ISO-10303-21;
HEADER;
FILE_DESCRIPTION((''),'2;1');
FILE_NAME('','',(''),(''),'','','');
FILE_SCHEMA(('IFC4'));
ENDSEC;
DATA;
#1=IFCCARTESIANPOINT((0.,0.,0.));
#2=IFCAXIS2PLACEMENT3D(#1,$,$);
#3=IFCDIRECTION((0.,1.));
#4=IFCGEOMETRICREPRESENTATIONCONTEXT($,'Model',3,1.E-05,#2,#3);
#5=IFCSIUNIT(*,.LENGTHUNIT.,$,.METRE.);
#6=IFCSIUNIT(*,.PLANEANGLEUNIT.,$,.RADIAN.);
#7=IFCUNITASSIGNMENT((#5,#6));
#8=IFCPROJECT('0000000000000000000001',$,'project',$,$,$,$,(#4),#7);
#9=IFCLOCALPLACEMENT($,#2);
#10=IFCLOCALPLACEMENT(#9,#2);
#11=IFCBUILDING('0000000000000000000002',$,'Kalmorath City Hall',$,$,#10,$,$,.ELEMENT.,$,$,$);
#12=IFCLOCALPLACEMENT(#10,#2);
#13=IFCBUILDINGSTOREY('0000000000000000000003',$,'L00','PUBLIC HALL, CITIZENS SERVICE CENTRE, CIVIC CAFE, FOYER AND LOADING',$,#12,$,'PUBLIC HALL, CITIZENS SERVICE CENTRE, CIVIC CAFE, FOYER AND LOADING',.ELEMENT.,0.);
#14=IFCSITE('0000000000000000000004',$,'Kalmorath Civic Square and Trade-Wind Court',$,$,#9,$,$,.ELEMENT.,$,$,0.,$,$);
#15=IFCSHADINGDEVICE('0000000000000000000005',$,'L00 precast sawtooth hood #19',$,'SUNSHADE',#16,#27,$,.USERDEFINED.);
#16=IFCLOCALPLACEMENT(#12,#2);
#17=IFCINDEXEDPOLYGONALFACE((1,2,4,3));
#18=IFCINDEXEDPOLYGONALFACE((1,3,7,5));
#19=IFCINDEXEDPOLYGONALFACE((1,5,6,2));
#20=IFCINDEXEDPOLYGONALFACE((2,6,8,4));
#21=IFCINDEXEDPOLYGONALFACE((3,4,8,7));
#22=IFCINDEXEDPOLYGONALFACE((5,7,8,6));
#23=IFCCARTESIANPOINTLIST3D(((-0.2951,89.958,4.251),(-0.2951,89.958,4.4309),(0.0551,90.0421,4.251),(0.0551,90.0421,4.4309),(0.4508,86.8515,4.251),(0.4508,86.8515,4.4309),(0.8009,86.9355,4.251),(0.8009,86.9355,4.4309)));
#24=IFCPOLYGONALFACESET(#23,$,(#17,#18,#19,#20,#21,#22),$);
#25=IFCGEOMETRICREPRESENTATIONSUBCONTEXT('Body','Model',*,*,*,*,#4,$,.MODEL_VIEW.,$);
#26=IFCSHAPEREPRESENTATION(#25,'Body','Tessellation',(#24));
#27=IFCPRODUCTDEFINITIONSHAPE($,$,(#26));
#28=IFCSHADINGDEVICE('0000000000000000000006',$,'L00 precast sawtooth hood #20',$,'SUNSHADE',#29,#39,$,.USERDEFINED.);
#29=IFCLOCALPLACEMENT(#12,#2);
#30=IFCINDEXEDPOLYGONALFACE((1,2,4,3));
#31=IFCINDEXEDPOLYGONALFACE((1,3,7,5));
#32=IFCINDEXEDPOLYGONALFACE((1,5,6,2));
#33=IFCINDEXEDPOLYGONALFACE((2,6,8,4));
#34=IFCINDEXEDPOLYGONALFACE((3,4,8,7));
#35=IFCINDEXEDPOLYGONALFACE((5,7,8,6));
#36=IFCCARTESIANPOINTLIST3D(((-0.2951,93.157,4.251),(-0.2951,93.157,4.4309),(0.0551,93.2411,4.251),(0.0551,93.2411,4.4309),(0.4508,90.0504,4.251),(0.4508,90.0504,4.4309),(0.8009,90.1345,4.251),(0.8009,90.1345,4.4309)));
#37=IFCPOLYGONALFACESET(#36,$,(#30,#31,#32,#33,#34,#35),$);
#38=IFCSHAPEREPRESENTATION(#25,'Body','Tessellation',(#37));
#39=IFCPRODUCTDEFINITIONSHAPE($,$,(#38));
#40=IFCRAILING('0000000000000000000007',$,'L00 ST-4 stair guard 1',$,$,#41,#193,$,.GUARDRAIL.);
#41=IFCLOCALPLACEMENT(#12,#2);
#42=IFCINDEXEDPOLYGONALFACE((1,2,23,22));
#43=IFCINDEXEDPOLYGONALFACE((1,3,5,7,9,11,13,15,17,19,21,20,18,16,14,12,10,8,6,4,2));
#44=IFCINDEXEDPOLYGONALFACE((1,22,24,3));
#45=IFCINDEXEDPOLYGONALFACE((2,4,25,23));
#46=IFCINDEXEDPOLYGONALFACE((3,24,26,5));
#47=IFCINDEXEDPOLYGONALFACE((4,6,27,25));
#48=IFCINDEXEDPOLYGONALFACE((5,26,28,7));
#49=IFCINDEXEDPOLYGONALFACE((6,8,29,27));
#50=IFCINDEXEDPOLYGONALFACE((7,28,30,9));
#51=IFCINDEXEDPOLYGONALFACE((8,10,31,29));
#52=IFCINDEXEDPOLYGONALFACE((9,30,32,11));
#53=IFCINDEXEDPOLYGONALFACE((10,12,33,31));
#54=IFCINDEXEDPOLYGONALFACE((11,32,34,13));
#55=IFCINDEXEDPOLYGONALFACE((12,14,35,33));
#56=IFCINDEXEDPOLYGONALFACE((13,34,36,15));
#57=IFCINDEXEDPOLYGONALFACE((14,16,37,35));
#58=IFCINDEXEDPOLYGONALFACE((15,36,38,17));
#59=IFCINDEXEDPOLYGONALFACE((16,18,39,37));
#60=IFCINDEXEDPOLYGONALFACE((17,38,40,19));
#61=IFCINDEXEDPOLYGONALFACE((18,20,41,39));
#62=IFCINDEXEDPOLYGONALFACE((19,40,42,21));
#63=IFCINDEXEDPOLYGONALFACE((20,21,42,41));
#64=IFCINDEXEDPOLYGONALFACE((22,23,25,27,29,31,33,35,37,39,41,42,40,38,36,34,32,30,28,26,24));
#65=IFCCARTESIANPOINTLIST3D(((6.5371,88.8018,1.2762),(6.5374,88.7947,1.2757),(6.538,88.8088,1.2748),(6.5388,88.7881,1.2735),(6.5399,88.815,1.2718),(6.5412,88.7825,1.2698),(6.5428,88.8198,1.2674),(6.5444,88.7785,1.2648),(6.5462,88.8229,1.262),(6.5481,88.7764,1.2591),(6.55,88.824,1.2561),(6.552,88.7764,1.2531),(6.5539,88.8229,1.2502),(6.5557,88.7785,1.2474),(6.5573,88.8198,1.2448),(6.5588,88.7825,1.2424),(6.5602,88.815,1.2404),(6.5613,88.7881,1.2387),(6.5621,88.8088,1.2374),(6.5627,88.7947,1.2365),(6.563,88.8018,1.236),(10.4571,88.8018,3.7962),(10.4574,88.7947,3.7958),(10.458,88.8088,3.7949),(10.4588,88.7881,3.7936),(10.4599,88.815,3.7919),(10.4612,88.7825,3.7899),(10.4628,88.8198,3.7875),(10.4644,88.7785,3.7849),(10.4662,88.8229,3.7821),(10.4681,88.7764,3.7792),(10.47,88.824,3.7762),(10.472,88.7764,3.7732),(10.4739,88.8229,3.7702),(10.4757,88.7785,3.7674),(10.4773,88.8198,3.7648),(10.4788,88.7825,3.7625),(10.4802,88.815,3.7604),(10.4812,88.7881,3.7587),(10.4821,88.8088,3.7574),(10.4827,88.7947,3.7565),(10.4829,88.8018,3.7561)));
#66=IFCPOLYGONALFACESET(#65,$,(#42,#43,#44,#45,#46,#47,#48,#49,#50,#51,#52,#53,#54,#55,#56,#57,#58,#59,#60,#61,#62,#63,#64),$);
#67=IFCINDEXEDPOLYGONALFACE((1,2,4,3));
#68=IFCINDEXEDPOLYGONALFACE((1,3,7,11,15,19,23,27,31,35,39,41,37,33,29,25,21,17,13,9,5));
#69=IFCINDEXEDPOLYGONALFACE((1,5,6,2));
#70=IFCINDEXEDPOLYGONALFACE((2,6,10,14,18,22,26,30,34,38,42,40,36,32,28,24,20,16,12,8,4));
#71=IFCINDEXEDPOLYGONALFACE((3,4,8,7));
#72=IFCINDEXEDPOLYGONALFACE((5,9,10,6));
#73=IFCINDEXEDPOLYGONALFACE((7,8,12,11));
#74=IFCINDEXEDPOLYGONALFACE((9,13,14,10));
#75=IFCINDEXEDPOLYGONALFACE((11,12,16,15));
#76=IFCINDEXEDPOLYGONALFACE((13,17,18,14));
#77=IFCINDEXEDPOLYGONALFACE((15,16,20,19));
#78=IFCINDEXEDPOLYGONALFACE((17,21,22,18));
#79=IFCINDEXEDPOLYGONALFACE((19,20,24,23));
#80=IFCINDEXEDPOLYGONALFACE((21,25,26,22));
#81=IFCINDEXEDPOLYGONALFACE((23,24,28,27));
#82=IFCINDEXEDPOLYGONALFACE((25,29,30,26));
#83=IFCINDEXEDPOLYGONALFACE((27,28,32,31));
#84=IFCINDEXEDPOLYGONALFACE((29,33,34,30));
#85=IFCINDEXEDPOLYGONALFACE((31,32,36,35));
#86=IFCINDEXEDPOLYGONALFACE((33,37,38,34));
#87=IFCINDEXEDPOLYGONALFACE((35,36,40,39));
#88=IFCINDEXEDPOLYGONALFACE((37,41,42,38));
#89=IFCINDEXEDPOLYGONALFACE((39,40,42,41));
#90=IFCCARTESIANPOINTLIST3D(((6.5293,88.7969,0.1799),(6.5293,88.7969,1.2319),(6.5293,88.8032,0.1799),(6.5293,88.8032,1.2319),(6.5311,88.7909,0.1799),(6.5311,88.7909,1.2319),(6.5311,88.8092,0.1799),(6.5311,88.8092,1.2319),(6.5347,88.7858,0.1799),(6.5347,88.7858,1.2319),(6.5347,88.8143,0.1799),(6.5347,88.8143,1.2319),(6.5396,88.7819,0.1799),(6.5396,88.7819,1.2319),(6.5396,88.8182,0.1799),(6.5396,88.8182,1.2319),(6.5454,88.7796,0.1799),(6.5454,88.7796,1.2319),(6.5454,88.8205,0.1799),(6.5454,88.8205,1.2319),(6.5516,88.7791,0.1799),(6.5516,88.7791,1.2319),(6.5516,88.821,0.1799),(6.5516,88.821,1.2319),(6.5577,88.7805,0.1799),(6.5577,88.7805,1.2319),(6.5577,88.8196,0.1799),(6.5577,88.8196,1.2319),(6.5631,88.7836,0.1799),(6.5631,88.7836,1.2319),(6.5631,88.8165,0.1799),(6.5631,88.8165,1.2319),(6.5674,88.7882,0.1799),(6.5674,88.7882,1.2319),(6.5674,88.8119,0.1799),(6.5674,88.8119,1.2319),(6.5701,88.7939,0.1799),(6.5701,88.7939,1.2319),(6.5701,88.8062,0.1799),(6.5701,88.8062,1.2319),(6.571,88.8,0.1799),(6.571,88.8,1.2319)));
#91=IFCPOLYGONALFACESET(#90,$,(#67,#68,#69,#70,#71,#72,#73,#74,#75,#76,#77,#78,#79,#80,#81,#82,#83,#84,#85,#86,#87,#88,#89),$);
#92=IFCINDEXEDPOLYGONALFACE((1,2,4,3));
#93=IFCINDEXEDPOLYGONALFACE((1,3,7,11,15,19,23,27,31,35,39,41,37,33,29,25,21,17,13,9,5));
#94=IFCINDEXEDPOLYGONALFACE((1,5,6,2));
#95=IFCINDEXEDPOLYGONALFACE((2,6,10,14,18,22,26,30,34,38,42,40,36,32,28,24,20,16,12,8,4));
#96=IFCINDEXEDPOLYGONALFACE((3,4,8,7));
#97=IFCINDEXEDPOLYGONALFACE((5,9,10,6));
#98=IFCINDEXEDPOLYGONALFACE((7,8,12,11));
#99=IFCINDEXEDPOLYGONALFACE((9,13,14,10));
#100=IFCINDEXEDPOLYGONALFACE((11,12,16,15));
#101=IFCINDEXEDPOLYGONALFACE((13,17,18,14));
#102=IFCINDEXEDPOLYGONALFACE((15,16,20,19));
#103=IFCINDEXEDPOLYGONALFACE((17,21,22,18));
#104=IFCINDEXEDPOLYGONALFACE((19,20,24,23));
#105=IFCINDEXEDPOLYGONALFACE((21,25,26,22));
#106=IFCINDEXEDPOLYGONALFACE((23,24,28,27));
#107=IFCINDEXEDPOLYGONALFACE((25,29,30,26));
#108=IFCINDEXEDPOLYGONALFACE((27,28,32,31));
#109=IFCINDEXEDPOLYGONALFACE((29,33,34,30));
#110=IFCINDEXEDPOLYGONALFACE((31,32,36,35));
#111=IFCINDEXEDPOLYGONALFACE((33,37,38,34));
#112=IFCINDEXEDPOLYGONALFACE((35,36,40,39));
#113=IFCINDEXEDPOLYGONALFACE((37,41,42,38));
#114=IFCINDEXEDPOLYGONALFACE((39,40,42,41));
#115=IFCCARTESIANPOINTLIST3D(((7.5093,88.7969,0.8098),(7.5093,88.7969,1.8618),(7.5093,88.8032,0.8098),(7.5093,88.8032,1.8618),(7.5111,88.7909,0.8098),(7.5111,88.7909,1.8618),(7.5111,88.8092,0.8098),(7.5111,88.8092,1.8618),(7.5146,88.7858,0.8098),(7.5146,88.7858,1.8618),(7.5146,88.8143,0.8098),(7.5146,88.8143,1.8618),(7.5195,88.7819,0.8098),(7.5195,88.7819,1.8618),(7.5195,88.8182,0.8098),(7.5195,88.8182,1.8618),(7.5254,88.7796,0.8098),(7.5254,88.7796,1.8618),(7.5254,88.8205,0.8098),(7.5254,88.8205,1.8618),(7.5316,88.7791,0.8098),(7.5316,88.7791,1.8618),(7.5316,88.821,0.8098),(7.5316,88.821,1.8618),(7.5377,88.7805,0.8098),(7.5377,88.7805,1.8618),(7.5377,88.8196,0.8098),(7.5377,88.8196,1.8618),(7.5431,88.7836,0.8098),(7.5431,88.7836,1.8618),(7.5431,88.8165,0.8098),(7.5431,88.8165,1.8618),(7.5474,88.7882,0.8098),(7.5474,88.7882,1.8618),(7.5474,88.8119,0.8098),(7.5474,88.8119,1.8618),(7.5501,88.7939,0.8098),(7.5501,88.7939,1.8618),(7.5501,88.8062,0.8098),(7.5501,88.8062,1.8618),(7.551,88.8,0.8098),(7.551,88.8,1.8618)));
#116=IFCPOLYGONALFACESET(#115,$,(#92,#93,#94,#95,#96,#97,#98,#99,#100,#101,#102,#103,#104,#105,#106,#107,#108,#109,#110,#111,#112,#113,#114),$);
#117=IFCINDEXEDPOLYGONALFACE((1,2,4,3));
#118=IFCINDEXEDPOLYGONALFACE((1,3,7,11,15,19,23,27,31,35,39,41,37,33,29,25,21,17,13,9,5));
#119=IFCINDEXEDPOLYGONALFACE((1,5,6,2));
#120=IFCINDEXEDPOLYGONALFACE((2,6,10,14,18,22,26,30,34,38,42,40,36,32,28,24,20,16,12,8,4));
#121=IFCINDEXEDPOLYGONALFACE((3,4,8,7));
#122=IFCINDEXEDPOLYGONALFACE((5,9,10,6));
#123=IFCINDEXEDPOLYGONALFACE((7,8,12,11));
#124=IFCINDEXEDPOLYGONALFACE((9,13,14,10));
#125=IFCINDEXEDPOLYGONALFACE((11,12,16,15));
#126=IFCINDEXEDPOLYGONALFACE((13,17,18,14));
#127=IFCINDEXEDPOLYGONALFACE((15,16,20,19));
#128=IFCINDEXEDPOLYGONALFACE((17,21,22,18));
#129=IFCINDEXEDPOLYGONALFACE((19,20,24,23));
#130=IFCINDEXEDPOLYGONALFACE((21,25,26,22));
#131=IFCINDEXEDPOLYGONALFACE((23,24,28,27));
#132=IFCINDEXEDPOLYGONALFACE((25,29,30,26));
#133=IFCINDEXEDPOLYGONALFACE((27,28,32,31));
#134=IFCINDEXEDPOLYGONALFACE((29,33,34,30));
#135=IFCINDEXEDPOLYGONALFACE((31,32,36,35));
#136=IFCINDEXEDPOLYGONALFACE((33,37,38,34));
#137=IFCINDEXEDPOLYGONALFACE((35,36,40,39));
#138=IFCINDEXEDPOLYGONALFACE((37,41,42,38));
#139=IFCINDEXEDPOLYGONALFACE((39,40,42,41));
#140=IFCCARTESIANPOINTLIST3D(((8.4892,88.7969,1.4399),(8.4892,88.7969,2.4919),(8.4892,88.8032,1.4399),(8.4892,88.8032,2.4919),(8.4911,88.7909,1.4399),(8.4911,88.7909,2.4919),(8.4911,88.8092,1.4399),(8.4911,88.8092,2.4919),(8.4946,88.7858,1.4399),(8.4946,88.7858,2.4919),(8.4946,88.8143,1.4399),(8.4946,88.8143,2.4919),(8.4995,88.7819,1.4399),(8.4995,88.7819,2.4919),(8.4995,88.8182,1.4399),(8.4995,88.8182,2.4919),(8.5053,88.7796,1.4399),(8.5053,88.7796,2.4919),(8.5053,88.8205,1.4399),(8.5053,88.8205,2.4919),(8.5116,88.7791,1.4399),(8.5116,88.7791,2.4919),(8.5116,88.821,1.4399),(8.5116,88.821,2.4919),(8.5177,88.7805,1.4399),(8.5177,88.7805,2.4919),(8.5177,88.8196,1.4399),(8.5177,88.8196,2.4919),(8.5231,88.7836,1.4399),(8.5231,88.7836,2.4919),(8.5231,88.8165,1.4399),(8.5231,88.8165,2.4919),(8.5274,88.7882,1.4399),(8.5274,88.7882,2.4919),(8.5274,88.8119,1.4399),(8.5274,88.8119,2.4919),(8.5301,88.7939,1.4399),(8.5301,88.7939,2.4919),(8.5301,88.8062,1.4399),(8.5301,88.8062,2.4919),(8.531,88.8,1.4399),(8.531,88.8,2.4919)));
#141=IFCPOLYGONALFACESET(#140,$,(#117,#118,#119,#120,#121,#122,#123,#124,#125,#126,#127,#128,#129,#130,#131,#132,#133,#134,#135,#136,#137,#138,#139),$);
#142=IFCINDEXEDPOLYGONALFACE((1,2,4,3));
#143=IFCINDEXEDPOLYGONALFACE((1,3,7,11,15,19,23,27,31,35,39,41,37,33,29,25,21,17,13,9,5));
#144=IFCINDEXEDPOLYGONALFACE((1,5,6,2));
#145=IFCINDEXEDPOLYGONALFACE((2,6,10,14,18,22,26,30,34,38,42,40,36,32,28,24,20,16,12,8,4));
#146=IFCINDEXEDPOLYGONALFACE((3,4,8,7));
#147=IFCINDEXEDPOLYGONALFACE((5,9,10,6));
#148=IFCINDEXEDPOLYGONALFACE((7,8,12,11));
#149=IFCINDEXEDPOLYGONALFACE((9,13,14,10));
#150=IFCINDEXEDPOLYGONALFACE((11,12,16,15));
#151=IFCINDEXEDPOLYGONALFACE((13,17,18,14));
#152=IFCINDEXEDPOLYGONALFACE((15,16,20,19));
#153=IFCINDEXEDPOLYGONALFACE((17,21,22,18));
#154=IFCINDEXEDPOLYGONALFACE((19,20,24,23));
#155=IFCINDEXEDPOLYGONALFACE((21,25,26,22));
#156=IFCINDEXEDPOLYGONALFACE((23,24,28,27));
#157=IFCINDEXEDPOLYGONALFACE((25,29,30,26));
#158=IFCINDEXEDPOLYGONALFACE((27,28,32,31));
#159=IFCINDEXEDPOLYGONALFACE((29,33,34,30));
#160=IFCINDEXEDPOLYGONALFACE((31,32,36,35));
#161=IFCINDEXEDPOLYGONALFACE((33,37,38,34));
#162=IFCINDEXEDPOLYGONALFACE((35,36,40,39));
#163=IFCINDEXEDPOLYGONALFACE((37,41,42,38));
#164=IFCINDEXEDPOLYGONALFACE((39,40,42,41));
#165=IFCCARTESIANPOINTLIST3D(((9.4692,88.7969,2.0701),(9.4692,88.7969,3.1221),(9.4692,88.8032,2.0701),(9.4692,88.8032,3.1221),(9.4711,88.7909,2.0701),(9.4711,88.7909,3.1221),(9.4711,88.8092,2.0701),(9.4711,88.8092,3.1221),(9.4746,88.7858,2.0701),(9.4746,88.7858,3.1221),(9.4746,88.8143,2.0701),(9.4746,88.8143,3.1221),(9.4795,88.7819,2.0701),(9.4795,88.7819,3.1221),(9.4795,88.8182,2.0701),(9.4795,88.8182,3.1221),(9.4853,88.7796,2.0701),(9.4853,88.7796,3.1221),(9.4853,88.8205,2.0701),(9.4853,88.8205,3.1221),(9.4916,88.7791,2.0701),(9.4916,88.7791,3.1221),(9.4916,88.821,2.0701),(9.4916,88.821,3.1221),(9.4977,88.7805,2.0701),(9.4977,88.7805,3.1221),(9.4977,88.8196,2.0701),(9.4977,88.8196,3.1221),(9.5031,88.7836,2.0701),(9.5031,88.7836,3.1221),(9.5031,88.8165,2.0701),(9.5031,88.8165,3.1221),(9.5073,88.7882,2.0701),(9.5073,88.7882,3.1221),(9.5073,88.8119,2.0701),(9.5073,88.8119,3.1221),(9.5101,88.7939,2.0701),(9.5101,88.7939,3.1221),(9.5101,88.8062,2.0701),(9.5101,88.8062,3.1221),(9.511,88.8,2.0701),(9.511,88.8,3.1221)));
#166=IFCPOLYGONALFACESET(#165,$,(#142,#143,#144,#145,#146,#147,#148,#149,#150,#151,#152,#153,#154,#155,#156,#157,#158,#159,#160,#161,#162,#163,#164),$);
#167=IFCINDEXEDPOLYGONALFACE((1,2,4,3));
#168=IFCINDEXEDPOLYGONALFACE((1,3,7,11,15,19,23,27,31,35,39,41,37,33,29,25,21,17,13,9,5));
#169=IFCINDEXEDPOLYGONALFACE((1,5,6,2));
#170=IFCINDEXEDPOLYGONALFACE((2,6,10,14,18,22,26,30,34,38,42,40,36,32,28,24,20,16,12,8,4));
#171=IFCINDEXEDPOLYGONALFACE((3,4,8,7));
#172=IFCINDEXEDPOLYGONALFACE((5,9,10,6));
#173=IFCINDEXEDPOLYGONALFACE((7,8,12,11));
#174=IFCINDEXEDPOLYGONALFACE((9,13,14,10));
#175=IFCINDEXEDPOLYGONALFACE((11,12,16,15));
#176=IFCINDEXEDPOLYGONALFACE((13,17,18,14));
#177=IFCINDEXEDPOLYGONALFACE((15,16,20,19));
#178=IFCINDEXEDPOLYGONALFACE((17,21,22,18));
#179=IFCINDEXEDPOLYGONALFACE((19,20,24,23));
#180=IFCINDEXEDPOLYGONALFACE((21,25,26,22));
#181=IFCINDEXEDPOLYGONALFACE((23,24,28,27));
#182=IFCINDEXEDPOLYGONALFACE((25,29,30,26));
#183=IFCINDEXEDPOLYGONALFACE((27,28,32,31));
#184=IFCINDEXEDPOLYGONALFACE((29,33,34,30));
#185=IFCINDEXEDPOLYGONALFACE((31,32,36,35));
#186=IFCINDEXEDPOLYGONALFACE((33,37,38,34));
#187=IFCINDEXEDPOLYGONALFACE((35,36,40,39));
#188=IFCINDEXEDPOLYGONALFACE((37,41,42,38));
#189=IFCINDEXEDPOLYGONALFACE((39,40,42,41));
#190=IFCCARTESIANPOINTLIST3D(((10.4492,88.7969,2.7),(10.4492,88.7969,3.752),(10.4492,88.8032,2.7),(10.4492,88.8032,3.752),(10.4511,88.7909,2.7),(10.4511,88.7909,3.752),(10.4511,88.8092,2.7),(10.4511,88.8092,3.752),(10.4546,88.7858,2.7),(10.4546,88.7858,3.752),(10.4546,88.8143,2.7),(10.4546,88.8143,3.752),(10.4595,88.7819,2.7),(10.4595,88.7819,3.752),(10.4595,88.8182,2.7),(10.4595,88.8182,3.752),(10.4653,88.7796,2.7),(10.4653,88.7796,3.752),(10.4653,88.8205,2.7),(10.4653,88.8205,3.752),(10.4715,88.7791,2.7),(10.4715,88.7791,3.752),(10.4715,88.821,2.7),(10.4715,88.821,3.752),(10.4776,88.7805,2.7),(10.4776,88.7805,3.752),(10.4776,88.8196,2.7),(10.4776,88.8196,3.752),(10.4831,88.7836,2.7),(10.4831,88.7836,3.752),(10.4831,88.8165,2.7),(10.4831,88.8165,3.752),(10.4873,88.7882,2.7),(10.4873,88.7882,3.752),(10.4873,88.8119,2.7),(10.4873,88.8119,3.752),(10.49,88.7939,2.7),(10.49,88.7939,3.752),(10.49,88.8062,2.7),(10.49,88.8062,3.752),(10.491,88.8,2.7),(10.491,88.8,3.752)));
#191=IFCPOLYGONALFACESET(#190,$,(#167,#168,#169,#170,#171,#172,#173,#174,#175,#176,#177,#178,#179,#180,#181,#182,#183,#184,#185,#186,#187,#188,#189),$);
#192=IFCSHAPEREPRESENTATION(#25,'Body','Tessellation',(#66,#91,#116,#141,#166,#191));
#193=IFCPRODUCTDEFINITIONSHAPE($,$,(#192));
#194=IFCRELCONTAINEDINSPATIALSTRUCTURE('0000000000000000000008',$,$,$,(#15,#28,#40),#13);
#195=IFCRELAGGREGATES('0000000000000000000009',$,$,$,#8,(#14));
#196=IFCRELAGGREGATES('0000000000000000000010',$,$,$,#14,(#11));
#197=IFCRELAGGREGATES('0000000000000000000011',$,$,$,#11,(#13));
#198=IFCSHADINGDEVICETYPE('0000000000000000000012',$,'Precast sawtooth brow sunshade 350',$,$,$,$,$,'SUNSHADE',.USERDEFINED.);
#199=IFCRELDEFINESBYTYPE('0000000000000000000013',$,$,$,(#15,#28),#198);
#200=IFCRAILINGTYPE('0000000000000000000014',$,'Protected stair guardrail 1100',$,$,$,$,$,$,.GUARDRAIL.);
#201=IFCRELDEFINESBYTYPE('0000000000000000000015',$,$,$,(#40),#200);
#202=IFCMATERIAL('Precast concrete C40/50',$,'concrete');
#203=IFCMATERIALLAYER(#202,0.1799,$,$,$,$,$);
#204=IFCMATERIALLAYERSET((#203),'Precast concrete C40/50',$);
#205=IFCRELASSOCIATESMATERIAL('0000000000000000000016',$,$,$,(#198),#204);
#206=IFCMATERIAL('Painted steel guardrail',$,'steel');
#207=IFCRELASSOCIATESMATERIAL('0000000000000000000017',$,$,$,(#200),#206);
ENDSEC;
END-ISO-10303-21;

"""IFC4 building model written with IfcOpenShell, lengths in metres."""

from ifc_helpers import new_model, si_unit, direction, frame, origin, origin_2d, place, context, subcontext, project, spatial, rectangle, circle, extrude, material, layer, layer_set, type_object, element, save


model = new_model("IFC4")

# Units and contexts
model_context = context("Model", 3, precision=1e-05, world=origin(), true_north=direction((0.0, 1.0)))
body_context = subcontext(model_context, "Body", "Model", "MODEL_VIEW")
ifc_project = project(units=[si_unit("LENGTHUNIT", "METRE"), si_unit("PLANEANGLEUNIT", "RADIAN")], contexts=[model_context])

# Site, building, storey
site_placement = place(None, origin())
site = spatial("IfcSite", under=ifc_project, at=site_placement, Name="Kalmorath Civic Square and Trade-Wind Court", CompositionType="ELEMENT", RefElevation=0.0)
building_placement = place(site_placement, origin())
building = spatial("IfcBuilding", under=site, at=building_placement, Name="Kalmorath City Hall", CompositionType="ELEMENT")
storey_placement = place(building_placement, origin())
storey = spatial("IfcBuildingStorey", under=building, at=storey_placement, Name="L00", Description="PUBLIC HALL, CITIZENS SERVICE CENTRE, CIVIC CAFE, FOYER AND LOADING", LongName="PUBLIC HALL, CITIZENS SERVICE CENTRE, CIVIC CAFE, FOYER AND LOADING", CompositionType="ELEMENT", Elevation=0.0)

# Shading devices
ifc_material_1 = material(Name="Precast concrete C40/50", Category="concrete")
ifc_layer_1 = layer(ifc_material_1, 0.1799)
ifc_layer_set_1 = layer_set([ifc_layer_1], Name="Precast concrete C40/50")
shading_device_type = type_object("IfcShadingDeviceType", Name="Precast sawtooth brow sunshade 350", ElementType="SUNSHADE", PredefinedType="USERDEFINED", material=ifc_layer_set_1)
for number, where, z_axis, x_axis, name in (
    (1, (0.2529, 88.4468, 4.251), (0.0, 0.0, 1.0), (-0.233445, 0.97237, 0.0), "L00 precast sawtooth hood #19"),
    (2, (0.2529, 91.6458, 4.251), (0.0, 0.0, 1.0), (-0.233445, 0.97237, 0.0), "L00 precast sawtooth hood #20"),
):
    element("IfcShadingDevice", number, at=place(storey_placement, frame(where, z_axis=z_axis, x_axis=x_axis)), inside=storey, type_object=shading_device_type, Name=name, ObjectType="SUNSHADE", PredefinedType="USERDEFINED", context=body_context, shape_type="SweptSolid", body=[
        extrude(rectangle(XDim=3.1948, YDim=0.3601, at=origin_2d()), origin(), (0.0, 0.0, 1.0), 0.1799),
    ])

# Railing
ifc_material_2 = material(Name="Painted steel guardrail", Category="steel")
railing_type_1 = type_object("IfcRailingType", Name="Protected stair guardrail 1100", PredefinedType="GUARDRAIL", material=ifc_material_2)
railing_1_placement = place(storey_placement, frame((6.55, 88.8, 0.1799)))
element("IfcRailing", 3, at=railing_1_placement, inside=storey, type_object=railing_type_1, Name="L00 ST-4 stair guard 1", PredefinedType="GUARDRAIL", context=body_context, shape_type="SweptSolid", body=[
    extrude(circle(Radius=0.0239, at=origin_2d()), frame((0.0, 0.0, 1.0762), z_axis=(0.841172, 0.0, 0.540768), x_axis=(0.0, 1.0, 0.0)), (0.0, 0.0, 1.0), 4.6602),
    extrude(circle(Radius=0.021, at=origin_2d()), origin(), (0.0, 0.0, 1.0), 1.052),
    extrude(circle(Radius=0.021, at=origin_2d()), frame((0.98, 0.0, 0.6299)), (0.0, 0.0, 1.0), 1.052),
    extrude(circle(Radius=0.021, at=origin_2d()), frame((1.96, 0.0, 1.26)), (0.0, 0.0, 1.0), 1.052),
    extrude(circle(Radius=0.021, at=origin_2d()), frame((2.9399, 0.0, 1.8901)), (0.0, 0.0, 1.0), 1.052),
    extrude(circle(Radius=0.021, at=origin_2d()), frame((3.9199, 0.0, 2.52)), (0.0, 0.0, 1.0), 1.052),
])

save(model, "model.ifc")
